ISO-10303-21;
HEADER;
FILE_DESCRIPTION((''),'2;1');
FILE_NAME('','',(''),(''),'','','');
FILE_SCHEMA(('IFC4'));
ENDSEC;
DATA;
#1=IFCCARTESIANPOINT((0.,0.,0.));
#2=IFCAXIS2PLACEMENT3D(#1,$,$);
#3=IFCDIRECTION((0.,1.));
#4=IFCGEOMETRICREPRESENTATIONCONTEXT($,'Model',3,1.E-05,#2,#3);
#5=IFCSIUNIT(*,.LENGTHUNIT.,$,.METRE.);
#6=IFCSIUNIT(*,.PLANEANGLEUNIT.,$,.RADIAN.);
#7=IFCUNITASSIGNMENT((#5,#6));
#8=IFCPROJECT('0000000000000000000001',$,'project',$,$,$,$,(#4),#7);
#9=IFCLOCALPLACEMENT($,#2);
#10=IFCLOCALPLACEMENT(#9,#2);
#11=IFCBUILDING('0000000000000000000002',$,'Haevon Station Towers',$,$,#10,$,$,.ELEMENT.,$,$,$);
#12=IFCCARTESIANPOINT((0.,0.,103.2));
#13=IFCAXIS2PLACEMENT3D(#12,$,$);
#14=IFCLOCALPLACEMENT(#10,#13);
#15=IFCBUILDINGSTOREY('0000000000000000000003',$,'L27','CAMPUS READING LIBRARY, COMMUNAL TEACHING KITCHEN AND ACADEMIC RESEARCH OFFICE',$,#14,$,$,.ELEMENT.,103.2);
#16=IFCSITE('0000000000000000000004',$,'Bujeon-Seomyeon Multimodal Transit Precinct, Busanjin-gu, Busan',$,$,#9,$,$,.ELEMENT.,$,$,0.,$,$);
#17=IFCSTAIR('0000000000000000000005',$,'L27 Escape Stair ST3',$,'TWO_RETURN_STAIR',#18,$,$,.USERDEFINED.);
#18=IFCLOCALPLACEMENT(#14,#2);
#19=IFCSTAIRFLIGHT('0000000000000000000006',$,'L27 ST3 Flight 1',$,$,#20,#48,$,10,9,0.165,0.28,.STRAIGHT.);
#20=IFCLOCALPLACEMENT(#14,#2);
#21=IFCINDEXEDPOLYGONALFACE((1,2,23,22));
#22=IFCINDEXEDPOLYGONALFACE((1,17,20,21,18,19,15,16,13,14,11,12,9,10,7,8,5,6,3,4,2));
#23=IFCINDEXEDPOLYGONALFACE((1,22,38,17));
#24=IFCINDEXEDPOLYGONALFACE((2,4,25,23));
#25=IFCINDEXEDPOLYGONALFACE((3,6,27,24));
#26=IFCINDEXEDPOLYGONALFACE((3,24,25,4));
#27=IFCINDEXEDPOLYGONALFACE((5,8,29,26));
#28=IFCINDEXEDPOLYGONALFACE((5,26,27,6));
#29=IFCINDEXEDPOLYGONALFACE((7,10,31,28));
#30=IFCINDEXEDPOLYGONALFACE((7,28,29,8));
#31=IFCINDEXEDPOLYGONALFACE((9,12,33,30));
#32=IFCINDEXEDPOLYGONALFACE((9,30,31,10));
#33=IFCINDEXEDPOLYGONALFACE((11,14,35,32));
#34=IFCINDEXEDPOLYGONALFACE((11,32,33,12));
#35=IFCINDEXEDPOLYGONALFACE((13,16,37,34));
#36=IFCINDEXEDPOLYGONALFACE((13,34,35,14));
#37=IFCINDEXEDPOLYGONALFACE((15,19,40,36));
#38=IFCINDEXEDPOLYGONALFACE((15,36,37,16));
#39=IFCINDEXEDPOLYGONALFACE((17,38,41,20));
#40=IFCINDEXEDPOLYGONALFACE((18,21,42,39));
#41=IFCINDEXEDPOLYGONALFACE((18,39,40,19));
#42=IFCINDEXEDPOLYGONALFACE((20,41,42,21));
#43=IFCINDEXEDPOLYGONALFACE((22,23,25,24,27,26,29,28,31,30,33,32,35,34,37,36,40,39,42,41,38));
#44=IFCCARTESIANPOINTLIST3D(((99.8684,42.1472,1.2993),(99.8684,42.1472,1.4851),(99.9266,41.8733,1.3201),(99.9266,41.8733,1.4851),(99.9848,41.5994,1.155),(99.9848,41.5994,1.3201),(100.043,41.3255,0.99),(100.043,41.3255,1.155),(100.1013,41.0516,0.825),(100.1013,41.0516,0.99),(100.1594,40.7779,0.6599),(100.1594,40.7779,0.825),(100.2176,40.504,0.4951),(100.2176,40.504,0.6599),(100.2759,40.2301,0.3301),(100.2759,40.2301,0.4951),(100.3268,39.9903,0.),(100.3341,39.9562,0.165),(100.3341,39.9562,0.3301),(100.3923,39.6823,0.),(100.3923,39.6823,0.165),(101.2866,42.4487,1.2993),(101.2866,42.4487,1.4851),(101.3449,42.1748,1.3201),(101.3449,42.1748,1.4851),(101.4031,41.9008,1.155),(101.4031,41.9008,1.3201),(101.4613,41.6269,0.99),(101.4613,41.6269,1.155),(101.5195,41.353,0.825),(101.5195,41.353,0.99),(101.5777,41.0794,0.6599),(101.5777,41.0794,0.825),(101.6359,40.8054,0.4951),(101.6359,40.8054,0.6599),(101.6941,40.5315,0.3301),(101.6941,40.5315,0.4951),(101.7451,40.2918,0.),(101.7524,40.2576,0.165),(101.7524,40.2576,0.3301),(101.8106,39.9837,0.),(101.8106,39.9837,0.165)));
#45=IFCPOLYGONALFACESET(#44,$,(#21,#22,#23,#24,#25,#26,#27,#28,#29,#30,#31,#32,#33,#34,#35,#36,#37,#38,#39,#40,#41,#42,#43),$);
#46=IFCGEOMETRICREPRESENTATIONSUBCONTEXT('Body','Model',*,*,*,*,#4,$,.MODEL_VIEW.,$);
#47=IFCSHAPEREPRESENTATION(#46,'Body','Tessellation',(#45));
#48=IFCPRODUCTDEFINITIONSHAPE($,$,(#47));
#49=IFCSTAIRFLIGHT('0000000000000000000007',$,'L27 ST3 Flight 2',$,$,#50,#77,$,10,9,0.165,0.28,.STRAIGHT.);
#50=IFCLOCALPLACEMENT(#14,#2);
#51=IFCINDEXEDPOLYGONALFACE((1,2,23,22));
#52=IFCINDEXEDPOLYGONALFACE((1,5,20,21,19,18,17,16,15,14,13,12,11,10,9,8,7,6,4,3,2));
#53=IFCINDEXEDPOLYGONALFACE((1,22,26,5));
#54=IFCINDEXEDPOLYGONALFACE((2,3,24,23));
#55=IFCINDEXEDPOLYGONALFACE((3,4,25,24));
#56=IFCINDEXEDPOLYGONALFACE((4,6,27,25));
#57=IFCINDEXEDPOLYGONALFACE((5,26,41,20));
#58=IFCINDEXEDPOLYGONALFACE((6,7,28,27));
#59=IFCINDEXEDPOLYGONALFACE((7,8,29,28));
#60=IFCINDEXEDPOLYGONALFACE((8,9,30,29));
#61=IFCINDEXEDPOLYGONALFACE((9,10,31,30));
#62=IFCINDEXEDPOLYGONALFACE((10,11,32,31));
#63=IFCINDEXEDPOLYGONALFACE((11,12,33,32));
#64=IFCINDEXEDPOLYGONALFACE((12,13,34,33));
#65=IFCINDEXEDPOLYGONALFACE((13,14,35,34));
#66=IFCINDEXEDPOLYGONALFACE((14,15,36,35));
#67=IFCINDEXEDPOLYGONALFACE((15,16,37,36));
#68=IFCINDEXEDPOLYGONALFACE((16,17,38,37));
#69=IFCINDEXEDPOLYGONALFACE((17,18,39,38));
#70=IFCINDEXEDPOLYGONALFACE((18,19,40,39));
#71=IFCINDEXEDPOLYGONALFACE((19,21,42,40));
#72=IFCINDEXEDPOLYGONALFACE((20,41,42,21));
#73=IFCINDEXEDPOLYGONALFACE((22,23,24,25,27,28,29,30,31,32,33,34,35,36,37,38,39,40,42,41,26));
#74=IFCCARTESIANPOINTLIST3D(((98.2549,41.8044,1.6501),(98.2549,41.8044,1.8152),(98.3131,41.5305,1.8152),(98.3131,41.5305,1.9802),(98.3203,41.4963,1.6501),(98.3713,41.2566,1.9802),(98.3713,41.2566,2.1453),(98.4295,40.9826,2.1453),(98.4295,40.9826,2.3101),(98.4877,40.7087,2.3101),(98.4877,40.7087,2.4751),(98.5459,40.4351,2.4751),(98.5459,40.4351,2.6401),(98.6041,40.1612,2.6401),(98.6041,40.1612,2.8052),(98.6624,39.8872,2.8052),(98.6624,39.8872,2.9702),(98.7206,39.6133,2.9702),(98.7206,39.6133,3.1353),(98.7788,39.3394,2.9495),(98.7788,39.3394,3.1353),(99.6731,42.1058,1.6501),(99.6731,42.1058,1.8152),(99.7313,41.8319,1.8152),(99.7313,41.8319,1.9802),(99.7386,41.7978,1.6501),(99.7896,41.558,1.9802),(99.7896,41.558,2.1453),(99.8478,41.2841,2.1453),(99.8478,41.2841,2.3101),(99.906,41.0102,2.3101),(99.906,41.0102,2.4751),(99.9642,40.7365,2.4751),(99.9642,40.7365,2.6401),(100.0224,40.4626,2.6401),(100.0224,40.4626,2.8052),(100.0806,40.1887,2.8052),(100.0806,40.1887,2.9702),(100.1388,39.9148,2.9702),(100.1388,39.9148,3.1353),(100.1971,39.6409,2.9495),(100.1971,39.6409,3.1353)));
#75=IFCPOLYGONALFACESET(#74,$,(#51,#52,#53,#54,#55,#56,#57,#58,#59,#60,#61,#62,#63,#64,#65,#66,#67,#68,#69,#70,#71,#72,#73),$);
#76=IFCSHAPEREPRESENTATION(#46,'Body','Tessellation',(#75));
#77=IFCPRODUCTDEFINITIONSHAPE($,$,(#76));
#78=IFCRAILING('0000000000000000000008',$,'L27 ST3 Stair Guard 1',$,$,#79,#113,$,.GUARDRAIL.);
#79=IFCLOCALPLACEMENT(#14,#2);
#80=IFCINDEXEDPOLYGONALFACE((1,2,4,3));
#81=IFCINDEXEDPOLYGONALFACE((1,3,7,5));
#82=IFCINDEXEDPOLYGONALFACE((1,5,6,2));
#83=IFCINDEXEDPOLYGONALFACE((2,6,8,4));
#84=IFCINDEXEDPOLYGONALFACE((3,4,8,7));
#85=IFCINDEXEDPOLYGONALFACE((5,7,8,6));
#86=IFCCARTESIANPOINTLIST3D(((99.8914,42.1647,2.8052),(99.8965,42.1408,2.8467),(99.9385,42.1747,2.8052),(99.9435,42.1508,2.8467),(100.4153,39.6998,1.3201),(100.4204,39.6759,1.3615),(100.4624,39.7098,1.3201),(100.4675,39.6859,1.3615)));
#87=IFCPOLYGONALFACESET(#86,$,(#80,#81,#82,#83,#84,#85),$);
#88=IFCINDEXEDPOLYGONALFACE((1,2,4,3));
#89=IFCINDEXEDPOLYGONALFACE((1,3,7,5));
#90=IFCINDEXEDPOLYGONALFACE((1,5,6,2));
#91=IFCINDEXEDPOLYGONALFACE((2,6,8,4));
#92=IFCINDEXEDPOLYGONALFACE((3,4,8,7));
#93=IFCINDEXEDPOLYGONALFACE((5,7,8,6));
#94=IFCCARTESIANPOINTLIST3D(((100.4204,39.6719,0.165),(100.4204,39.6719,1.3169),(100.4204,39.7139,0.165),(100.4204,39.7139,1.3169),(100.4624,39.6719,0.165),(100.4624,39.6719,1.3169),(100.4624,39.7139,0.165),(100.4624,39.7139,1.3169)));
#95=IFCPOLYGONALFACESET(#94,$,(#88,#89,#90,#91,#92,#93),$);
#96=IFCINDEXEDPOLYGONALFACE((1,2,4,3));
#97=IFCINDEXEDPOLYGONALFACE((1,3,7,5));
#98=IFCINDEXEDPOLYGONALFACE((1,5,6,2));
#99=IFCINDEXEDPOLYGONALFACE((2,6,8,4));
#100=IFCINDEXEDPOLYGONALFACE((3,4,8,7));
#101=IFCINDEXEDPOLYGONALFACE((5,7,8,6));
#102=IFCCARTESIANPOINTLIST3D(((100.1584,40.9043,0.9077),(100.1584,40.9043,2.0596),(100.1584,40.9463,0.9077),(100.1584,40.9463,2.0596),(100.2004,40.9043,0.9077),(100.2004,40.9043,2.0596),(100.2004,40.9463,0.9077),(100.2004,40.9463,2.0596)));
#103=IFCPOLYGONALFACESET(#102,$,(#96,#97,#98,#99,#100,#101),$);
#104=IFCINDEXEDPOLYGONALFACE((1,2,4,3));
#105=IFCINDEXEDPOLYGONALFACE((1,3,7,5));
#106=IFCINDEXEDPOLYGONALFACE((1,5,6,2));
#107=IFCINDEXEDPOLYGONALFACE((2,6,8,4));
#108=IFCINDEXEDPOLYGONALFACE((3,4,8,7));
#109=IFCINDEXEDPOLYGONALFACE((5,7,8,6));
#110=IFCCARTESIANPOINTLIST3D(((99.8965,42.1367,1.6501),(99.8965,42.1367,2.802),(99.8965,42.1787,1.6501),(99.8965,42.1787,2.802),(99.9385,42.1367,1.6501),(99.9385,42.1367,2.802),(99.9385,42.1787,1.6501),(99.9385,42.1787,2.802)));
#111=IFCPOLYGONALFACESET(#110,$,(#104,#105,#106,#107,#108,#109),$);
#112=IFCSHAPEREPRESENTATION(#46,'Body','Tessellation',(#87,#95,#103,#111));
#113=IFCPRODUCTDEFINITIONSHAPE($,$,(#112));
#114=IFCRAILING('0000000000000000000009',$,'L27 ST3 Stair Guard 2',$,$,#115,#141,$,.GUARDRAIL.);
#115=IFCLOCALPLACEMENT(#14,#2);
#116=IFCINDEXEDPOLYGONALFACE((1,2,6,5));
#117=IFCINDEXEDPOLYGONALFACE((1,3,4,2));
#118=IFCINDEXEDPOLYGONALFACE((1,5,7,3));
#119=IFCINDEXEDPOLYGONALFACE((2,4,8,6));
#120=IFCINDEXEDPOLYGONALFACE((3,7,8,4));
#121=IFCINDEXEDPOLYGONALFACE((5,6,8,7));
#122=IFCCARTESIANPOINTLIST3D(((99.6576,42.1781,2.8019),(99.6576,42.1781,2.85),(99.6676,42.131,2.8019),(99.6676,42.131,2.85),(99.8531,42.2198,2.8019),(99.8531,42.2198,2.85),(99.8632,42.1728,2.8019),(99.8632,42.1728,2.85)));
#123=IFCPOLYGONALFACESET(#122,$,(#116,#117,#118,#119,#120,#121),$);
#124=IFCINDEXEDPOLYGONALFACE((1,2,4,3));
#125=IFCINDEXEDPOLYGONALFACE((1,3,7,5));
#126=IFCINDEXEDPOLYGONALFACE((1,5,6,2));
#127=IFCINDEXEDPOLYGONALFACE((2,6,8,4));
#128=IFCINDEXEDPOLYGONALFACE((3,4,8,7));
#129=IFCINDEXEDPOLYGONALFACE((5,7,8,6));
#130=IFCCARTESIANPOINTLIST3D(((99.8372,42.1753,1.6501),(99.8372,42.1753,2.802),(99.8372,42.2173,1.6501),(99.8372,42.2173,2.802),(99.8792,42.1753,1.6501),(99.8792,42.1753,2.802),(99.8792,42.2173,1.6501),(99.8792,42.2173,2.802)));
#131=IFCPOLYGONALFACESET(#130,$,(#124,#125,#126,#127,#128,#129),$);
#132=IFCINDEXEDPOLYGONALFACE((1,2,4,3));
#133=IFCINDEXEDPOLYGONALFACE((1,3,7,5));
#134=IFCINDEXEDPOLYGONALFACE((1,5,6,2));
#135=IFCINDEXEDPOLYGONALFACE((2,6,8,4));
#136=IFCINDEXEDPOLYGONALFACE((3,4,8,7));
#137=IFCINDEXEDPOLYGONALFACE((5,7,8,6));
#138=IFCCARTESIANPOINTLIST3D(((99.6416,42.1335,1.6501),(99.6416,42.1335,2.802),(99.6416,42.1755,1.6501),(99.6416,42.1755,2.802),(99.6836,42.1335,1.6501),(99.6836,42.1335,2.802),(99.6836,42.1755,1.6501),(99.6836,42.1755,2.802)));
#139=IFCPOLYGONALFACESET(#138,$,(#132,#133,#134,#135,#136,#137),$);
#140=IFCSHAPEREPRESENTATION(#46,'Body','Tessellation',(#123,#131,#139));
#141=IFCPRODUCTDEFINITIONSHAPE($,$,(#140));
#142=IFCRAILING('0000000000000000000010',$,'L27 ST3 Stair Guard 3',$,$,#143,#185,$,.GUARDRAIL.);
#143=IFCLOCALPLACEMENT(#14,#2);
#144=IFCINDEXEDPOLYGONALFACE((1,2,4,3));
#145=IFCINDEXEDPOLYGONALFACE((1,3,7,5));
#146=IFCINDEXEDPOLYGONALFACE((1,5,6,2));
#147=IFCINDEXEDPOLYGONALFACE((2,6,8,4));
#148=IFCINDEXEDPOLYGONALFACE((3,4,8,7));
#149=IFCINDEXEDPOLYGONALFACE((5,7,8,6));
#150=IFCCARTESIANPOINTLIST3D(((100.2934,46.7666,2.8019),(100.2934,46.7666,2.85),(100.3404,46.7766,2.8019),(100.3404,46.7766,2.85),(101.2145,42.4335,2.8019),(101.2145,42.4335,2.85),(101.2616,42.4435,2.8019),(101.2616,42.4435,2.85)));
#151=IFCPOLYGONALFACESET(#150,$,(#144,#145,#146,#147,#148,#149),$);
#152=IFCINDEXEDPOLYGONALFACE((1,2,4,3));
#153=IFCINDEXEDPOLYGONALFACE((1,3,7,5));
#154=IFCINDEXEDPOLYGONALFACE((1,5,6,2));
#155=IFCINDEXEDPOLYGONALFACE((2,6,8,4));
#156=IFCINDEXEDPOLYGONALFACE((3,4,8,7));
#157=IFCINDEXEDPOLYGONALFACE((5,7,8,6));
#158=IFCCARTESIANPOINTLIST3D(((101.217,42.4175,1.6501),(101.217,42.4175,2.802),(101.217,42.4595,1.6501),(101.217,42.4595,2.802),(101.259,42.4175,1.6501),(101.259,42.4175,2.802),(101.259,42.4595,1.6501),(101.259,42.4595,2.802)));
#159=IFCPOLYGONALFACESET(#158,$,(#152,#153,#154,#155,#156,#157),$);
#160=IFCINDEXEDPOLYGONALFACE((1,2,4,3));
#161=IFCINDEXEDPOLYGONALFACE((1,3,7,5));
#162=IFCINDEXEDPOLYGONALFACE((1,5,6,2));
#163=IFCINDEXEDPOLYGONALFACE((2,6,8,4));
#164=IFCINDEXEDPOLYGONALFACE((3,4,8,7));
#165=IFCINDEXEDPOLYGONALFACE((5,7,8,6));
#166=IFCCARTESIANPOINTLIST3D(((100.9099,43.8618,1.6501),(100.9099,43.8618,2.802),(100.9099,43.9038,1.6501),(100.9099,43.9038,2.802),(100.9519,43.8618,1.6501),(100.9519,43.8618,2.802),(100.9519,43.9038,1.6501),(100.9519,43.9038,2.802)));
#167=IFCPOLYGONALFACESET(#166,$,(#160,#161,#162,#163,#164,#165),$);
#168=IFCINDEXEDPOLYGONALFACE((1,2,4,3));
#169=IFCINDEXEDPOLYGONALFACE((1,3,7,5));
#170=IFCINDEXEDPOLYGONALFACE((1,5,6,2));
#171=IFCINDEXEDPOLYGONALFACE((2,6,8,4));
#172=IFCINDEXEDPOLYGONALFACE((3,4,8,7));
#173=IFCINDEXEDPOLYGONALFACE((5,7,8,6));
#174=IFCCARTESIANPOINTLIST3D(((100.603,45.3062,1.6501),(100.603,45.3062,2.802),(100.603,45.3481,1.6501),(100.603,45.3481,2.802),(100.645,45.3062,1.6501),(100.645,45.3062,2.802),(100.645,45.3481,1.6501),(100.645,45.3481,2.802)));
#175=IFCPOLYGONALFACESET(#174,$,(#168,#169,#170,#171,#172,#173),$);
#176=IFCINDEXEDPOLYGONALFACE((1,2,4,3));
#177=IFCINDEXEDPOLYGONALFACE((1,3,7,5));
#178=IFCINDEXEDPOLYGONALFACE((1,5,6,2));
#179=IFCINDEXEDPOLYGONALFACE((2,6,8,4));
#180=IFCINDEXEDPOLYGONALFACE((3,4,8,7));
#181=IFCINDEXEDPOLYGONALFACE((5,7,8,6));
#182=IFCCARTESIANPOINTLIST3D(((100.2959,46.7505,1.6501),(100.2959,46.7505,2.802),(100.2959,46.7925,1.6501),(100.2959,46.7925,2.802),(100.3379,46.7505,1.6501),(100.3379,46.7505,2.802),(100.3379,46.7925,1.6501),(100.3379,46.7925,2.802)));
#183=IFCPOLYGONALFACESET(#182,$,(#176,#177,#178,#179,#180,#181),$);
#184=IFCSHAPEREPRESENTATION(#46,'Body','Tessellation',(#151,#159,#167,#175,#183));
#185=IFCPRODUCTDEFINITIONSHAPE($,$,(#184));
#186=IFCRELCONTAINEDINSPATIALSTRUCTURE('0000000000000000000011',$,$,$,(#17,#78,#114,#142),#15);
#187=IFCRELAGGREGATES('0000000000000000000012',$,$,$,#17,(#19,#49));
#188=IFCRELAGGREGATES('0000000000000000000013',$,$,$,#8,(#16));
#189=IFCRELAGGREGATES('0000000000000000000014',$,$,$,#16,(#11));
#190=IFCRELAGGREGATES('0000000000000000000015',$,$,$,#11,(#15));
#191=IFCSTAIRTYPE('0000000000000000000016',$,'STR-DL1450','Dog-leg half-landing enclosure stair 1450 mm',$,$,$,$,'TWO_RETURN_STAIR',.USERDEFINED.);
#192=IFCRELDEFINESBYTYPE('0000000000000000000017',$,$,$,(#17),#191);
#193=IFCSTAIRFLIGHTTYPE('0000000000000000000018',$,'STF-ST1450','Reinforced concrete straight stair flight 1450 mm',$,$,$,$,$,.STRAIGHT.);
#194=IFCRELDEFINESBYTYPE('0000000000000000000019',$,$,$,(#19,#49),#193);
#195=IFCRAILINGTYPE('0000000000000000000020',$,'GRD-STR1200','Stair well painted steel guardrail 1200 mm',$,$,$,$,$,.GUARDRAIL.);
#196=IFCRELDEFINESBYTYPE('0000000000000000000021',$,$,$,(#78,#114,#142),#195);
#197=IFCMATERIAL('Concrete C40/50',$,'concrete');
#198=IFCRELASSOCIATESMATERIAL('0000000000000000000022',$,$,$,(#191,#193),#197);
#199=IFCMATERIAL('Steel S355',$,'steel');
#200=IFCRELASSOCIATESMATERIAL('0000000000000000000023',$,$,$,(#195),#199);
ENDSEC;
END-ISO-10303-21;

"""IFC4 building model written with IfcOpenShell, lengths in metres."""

from ifc_helpers import new_model, si_unit, direction, frame, origin, origin_2d, place, context, subcontext, project, spatial, polyline, rectangle, outline, extrude, material, type_object, element, aggregate, save


model = new_model("IFC4")

# Units and contexts
model_context = context("Model", 3, precision=1e-05, world=origin(), true_north=direction((0.0, 1.0)))
body_context = subcontext(model_context, "Body", "Model", "MODEL_VIEW")
ifc_project = project(units=[si_unit("LENGTHUNIT", "METRE"), si_unit("PLANEANGLEUNIT", "RADIAN")], contexts=[model_context])

# Site, building, storey
site_placement = place(None, origin())
site = spatial("IfcSite", under=ifc_project, at=site_placement, Name="Bujeon-Seomyeon Multimodal Transit Precinct, Busanjin-gu, Busan", CompositionType="ELEMENT", RefElevation=0.0)
building_placement = place(site_placement, origin())
building = spatial("IfcBuilding", under=site, at=building_placement, Name="Haevon Station Towers", CompositionType="ELEMENT")
storey_placement = place(building_placement, frame((0.0, 0.0, 103.2)))
storey = spatial("IfcBuildingStorey", under=building, at=storey_placement, Name="L27", Description="CAMPUS READING LIBRARY, COMMUNAL TEACHING KITCHEN AND ACADEMIC RESEARCH OFFICE", CompositionType="ELEMENT", Elevation=103.2)

# Shared definitions
ifc_material_1 = material(Name="Steel S355", Category="steel")

# Shared definitions
ifc_material_2 = material(Name="Concrete C40/50", Category="concrete")

# Stair, stair flights
stair_type = type_object("IfcStairType", Name="STR-DL1450", Description="Dog-leg half-landing enclosure stair 1450 mm", ElementType="TWO_RETURN_STAIR", PredefinedType="USERDEFINED", material=ifc_material_2)
stair_placement = place(storey_placement, origin())
stair = element("IfcStair", 1, at=stair_placement, inside=storey, type_object=stair_type, Name="L27 Escape Stair ST3", ObjectType="TWO_RETURN_STAIR", PredefinedType="USERDEFINED")
stair_flight_type = type_object("IfcStairFlightType", Name="STF-ST1450", Description="Reinforced concrete straight stair flight 1450 mm", PredefinedType="STRAIGHT", material=ifc_material_2)
stair_flight_1_placement = place(storey_placement, frame((101.1016, 39.833, 0.0), z_axis=(0.0, 0.0, 1.0), x_axis=(-0.207912, 0.978148, 0.0)))
stair_flight_1 = element("IfcStairFlight", 2, at=stair_flight_1_placement, type_object=stair_flight_type, Name="L27 ST3 Flight 1", NumberOfRisers=10, NumberOfTreads=9, PredefinedType="STRAIGHT", RiserHeight=0.165, TreadLength=0.28, context=body_context, shape_type="SweptSolid", body=[
    extrude(outline(polyline([(0.0, 0.0), (0.0, 0.165), (0.28, 0.165), (0.28, 0.3301), (0.5601, 0.3301), (0.5601, 0.4951), (0.8401, 0.4951), (0.8401, 0.6599), (1.1201, 0.6599), (1.1201, 0.825), (1.3999, 0.825), (1.3999, 0.99), (1.6799, 0.99), (1.6799, 1.155), (1.96, 1.155), (1.96, 1.3201), (2.24, 1.3201), (2.24, 1.4851), (2.52, 1.4851), (2.52, 1.6499), (2.52, 1.2993), (0.3149, 0.0), (0.0, 0.0)])), frame((0.0, 0.7251, 0.0), z_axis=(0.0, -1.0, 0.0), x_axis=(1.0, 0.0, 0.0)), (0.0, 0.0, 1.0), 1.45),
])
stair_flight_2_placement = place(storey_placement, frame((98.9639, 41.9551, 1.6501), z_axis=(0.0, 0.0, 1.0), x_axis=(0.207912, -0.978148, 0.0)))
stair_flight_2 = element("IfcStairFlight", 3, at=stair_flight_2_placement, type_object=stair_flight_type, Name="L27 ST3 Flight 2", NumberOfRisers=10, NumberOfTreads=9, PredefinedType="STRAIGHT", RiserHeight=0.165, TreadLength=0.28, context=body_context, shape_type="SweptSolid", body=[
    extrude(outline(polyline([(0.0, 0.0), (0.0, 0.165), (0.28, 0.165), (0.28, 0.3301), (0.5601, 0.3301), (0.5601, 0.4951), (0.8401, 0.4951), (0.8401, 0.6599), (1.1201, 0.6599), (1.1201, 0.825), (1.3999, 0.825), (1.3999, 0.99), (1.6799, 0.99), (1.6799, 1.155), (1.96, 1.155), (1.96, 1.3201), (2.24, 1.3201), (2.24, 1.4851), (2.52, 1.4851), (2.52, 1.6499), (2.52, 1.2993), (0.3149, 0.0), (0.0, 0.0)])), frame((0.0, 0.7251, 0.0), z_axis=(0.0, -1.0, 0.0), x_axis=(1.0, 0.0, 0.0)), (0.0, 0.0, 1.0), 1.45),
])
aggregate(stair, [stair_flight_1, stair_flight_2])

# Railings
railing_type_1 = type_object("IfcRailingType", Name="GRD-STR1200", Description="Stair well painted steel guardrail 1200 mm", PredefinedType="GUARDRAIL", material=ifc_material_1)
railing_1_placement = place(storey_placement, frame((100.4414, 39.6929, 0.165)))
element("IfcRailing", 4, at=railing_1_placement, inside=storey, type_object=railing_type_1, Name="L27 ST3 Stair Guard 1", PredefinedType="GUARDRAIL", context=body_context, shape_type="SweptSolid", body=[
    extrude(rectangle(XDim=0.0481, YDim=0.0481, at=origin_2d()), frame((0.0, 0.0, 1.1758), z_axis=(-0.179121, 0.842688, 0.507733), x_axis=(-0.978147, -0.207914, 0.0)), (0.0, 0.0, 1.0), 2.925),
    extrude(rectangle(XDim=0.042, YDim=0.042, at=origin_2d()), origin(), (0.0, 0.0, 1.0), 1.1519),
    extrude(rectangle(XDim=0.042, YDim=0.042, at=origin_2d()), frame((-0.262, 1.2324, 0.7427)), (0.0, 0.0, 1.0), 1.1519),
    extrude(rectangle(XDim=0.042, YDim=0.042, at=origin_2d()), frame((-0.5239, 2.4648, 1.4851)), (0.0, 0.0, 1.0), 1.1519),
])
railing_2_placement = place(storey_placement, frame((99.8582, 42.1963, 1.6501)))
element("IfcRailing", 5, at=railing_2_placement, inside=storey, type_object=railing_type_1, Name="L27 ST3 Stair Guard 2", PredefinedType="GUARDRAIL", context=body_context, shape_type="SweptSolid", body=[
    extrude(rectangle(XDim=0.0481, YDim=0.0481, at=origin_2d()), frame((0.0, 0.0, 1.1758), z_axis=(-0.977963, -0.208779, 0.0), x_axis=(0.208779, -0.977963, 0.0)), (0.0, 0.0, 1.0), 0.2),
    extrude(rectangle(XDim=0.042, YDim=0.042, at=origin_2d()), origin(), (0.0, 0.0, 1.0), 1.1519),
    extrude(rectangle(XDim=0.042, YDim=0.042, at=origin_2d()), frame((-0.1956, -0.0417, 0.0)), (0.0, 0.0, 1.0), 1.1519),
])
railing_3_placement = place(storey_placement, frame((101.238, 42.4385, 1.6501)))
element("IfcRailing", 6, at=railing_3_placement, inside=storey, type_object=railing_type_1, Name="L27 ST3 Stair Guard 3", PredefinedType="GUARDRAIL", context=body_context, shape_type="SweptSolid", body=[
    extrude(rectangle(XDim=0.0481, YDim=0.0481, at=origin_2d()), frame((0.0, 0.0, 1.1758), z_axis=(-0.20794, 0.978141, 0.0), x_axis=(-0.978141, -0.20794, 0.0)), (0.0, 0.0, 1.0), 4.4299),
    extrude(rectangle(XDim=0.042, YDim=0.042, at=origin_2d()), origin(), (0.0, 0.0, 1.0), 1.1519),
    extrude(rectangle(XDim=0.042, YDim=0.042, at=origin_2d()), frame((-0.3071, 1.4443, 0.0)), (0.0, 0.0, 1.0), 1.1519),
    extrude(rectangle(XDim=0.042, YDim=0.042, at=origin_2d()), frame((-0.614, 2.8887, 0.0)), (0.0, 0.0, 1.0), 1.1519),
    extrude(rectangle(XDim=0.042, YDim=0.042, at=origin_2d()), frame((-0.9211, 4.333, 0.0)), (0.0, 0.0, 1.0), 1.1519),
])

save(model, "model.ifc")
